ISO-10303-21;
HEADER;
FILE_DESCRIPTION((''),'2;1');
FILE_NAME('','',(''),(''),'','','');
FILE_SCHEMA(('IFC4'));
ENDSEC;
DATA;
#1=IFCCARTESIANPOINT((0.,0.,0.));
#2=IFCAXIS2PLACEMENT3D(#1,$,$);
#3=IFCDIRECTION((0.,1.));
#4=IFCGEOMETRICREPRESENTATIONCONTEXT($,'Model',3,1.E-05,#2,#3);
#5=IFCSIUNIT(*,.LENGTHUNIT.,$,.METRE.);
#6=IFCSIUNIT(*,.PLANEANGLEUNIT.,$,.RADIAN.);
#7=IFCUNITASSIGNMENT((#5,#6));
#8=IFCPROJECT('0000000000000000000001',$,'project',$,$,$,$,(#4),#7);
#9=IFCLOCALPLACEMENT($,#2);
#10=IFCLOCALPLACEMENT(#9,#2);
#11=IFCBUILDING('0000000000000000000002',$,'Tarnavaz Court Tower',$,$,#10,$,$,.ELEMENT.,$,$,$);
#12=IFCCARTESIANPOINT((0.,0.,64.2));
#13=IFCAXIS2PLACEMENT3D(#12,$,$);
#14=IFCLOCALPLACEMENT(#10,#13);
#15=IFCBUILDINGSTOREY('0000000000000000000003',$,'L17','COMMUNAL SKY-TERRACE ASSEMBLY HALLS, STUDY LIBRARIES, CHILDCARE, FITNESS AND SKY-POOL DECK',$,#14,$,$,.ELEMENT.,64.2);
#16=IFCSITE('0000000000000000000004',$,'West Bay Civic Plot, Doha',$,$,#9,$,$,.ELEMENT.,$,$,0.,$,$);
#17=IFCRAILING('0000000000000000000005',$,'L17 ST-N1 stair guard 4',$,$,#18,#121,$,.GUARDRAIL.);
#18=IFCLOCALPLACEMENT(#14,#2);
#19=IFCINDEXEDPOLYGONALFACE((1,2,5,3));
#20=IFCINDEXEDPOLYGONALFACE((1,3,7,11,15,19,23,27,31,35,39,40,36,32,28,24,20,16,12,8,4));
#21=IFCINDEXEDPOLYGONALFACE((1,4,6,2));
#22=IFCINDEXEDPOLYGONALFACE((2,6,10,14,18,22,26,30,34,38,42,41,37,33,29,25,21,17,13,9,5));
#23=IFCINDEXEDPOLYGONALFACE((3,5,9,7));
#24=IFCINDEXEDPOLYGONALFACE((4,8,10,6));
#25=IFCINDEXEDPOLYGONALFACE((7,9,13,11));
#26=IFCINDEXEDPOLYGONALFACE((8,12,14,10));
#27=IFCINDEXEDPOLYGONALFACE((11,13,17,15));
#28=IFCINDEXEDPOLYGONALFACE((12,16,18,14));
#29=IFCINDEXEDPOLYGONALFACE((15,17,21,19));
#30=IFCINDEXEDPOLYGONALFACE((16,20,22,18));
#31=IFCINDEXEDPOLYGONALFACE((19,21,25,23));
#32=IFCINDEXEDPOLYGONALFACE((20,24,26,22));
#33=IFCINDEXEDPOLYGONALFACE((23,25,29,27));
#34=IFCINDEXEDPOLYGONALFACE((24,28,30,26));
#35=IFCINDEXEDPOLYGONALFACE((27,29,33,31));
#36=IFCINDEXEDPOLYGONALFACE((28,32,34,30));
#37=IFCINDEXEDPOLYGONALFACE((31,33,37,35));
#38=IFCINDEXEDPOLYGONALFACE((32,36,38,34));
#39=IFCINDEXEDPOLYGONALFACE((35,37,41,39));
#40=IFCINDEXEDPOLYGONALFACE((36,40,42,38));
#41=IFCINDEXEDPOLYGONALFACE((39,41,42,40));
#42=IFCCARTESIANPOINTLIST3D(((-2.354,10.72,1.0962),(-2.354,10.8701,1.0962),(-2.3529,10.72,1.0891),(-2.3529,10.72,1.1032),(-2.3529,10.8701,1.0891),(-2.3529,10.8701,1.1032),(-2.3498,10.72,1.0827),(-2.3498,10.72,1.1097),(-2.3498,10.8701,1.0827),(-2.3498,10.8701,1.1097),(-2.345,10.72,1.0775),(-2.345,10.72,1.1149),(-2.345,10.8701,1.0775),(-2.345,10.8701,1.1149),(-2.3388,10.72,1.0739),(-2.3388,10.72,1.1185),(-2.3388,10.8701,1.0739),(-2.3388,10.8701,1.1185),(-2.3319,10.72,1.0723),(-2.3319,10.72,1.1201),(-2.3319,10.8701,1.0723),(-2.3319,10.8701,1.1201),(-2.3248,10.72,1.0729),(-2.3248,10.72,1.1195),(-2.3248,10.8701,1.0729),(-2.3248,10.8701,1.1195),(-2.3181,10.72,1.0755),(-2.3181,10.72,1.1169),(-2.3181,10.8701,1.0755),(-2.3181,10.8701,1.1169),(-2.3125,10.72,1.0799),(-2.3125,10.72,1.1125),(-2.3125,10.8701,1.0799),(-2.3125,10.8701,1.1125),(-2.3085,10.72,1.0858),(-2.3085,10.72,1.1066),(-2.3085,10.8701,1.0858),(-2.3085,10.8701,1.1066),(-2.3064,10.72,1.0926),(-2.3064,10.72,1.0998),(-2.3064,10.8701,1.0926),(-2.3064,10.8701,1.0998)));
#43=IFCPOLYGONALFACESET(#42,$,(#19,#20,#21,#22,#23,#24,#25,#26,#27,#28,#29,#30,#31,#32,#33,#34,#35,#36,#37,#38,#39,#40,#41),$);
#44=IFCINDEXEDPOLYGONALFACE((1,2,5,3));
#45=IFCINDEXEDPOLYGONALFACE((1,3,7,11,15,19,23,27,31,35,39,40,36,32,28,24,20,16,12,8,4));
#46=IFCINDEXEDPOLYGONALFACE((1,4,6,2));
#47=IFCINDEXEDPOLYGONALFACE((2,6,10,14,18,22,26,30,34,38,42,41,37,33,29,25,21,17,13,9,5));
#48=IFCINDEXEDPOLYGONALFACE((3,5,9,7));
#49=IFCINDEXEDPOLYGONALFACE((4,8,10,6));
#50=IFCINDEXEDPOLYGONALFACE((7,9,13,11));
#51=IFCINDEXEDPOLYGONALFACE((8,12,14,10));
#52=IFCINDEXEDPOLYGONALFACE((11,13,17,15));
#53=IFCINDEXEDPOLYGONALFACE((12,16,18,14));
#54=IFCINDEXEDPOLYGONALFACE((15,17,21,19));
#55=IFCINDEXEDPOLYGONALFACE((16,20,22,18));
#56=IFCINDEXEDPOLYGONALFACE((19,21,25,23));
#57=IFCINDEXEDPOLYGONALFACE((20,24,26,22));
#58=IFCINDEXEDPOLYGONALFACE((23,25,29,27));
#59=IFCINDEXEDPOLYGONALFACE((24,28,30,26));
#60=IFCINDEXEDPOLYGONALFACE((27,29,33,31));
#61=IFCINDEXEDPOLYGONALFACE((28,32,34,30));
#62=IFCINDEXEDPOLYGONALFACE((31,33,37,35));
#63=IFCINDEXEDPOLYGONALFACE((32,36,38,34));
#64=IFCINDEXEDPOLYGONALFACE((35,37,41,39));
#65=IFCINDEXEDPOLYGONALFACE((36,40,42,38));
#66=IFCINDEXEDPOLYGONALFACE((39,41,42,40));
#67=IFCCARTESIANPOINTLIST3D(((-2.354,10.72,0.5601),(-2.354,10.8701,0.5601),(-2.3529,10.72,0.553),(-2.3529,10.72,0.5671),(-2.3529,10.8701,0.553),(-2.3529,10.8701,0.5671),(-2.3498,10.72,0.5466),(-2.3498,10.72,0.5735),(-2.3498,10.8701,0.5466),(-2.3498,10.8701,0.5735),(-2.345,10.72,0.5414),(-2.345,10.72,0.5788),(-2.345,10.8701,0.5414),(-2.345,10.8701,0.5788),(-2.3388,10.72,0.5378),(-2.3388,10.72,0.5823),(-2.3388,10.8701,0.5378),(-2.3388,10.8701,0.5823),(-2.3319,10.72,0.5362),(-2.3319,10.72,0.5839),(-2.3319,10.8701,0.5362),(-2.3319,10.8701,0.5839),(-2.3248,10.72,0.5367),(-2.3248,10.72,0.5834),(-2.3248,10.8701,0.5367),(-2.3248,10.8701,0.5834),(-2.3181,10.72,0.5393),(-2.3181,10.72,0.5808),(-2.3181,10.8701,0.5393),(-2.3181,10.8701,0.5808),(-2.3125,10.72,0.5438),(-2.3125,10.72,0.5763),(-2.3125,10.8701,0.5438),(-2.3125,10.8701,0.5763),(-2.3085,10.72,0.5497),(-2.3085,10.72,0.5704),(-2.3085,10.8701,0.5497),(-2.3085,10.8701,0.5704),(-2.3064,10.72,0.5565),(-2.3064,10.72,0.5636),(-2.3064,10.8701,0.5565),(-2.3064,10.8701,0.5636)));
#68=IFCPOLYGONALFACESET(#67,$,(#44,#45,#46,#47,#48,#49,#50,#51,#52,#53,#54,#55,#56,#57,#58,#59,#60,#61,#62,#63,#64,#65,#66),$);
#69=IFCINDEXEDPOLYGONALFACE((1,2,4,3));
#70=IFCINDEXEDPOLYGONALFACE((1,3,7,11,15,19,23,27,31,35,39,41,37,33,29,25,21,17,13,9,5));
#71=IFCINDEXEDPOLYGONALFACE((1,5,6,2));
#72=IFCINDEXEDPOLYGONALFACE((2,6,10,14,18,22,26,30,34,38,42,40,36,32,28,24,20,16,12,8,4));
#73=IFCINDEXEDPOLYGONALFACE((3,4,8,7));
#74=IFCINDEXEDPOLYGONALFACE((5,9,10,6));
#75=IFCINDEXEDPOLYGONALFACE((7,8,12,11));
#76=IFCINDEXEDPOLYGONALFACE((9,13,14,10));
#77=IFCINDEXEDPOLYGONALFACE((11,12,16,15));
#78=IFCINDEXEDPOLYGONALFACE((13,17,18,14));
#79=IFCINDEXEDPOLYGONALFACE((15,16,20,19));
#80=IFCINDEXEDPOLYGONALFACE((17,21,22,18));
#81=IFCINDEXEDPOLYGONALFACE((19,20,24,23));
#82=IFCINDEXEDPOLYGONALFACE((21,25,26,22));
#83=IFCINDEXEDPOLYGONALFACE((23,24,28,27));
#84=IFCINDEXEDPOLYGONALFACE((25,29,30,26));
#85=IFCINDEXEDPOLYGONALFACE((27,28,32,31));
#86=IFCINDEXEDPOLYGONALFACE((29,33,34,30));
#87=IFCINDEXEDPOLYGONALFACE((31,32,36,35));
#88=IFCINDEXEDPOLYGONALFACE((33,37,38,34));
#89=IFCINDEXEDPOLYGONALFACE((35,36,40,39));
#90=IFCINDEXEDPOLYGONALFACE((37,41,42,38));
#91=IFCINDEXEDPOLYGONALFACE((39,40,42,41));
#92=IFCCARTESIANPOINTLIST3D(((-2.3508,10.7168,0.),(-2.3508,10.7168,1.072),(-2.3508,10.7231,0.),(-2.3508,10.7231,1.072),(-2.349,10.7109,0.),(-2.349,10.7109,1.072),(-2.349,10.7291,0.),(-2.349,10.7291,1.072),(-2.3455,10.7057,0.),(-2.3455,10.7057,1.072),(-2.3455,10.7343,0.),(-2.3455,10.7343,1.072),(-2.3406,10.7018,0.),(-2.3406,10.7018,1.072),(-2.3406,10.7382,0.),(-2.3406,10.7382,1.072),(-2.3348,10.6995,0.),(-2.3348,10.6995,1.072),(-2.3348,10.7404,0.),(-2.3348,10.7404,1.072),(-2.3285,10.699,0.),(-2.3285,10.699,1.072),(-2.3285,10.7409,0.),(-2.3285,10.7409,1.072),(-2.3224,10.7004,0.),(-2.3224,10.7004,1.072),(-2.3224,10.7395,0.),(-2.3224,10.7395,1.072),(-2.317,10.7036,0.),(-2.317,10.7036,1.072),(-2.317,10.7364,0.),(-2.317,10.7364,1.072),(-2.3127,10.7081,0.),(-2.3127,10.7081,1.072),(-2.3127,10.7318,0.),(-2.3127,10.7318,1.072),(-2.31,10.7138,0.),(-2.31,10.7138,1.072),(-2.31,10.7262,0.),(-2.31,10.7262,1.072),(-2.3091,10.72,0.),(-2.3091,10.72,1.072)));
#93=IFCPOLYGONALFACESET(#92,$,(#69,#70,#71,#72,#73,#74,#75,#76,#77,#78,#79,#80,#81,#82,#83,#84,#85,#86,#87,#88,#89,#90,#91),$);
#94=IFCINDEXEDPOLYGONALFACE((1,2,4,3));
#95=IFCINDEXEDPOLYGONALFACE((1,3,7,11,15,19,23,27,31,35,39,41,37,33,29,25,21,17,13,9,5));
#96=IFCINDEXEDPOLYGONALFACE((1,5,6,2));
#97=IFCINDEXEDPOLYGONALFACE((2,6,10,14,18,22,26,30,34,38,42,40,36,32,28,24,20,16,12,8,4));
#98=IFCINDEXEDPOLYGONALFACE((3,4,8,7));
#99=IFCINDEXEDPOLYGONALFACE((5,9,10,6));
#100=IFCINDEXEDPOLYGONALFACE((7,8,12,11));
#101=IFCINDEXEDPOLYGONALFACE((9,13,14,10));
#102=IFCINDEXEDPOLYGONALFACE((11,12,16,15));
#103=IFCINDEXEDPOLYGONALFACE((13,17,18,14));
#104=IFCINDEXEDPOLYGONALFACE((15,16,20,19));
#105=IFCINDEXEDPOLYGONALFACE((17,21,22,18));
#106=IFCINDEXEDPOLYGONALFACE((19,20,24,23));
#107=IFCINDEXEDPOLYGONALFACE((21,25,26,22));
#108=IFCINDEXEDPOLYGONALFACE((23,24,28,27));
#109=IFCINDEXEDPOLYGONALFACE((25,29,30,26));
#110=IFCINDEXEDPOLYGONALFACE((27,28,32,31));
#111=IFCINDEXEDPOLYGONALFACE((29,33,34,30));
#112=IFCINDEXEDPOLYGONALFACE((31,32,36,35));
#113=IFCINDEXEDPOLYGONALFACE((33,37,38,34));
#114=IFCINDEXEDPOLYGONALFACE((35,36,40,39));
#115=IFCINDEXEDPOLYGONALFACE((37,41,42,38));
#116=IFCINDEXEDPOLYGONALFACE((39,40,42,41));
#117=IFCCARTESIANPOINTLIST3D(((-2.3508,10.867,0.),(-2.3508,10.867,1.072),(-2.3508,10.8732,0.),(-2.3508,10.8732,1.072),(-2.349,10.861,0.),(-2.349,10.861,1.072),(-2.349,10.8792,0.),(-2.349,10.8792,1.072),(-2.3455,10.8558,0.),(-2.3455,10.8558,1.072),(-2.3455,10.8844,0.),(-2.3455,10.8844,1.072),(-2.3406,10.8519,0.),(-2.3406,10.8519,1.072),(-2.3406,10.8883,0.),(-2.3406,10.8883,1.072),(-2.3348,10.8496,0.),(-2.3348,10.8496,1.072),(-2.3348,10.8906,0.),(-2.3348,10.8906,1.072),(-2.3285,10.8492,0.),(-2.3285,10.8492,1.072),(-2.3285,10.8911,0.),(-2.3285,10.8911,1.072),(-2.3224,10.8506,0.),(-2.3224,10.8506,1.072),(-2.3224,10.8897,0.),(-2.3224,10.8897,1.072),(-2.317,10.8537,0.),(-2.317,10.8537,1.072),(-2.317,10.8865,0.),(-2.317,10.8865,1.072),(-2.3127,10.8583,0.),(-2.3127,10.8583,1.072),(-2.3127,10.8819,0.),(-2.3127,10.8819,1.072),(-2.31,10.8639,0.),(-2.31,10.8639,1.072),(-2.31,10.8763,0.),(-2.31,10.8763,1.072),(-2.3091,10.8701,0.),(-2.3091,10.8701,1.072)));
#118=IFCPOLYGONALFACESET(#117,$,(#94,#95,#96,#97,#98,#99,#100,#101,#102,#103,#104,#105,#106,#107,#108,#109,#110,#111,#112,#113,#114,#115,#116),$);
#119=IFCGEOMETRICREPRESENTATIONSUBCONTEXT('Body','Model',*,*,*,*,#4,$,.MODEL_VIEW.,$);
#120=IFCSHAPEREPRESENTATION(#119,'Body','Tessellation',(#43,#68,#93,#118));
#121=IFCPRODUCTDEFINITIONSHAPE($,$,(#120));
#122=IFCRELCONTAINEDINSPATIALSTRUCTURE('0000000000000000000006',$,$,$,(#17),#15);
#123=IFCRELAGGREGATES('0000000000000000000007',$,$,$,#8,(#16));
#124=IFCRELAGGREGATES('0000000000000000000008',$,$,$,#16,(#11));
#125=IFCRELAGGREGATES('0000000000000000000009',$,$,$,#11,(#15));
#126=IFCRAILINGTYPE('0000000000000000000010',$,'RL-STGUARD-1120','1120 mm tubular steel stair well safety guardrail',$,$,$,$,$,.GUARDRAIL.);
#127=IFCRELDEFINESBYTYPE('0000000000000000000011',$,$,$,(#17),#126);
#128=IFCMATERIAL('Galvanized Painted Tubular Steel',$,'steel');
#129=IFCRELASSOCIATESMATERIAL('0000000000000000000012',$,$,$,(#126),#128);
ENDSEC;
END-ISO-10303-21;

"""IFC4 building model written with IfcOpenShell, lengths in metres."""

from ifc_helpers import new_model, si_unit, direction, frame, origin, origin_2d, place, context, subcontext, project, spatial, circle, extrude, material, type_object, element, save


model = new_model("IFC4")

# Units and contexts
model_context = context("Model", 3, precision=1e-05, world=origin(), true_north=direction((0.0, 1.0)))
body_context = subcontext(model_context, "Body", "Model", "MODEL_VIEW")
ifc_project = project(units=[si_unit("LENGTHUNIT", "METRE"), si_unit("PLANEANGLEUNIT", "RADIAN")], contexts=[model_context])

# Site, building, storey
site_placement = place(None, origin())
site = spatial("IfcSite", under=ifc_project, at=site_placement, Name="West Bay Civic Plot, Doha", CompositionType="ELEMENT", RefElevation=0.0)
building_placement = place(site_placement, origin())
building = spatial("IfcBuilding", under=site, at=building_placement, Name="Tarnavaz Court Tower", CompositionType="ELEMENT")
storey_placement = place(building_placement, frame((0.0, 0.0, 64.2)))
storey = spatial("IfcBuildingStorey", under=building, at=storey_placement, Name="L17", Description="COMMUNAL SKY-TERRACE ASSEMBLY HALLS, STUDY LIBRARIES, CHILDCARE, FITNESS AND SKY-POOL DECK", CompositionType="ELEMENT", Elevation=64.2)

# Railing
ifc_material_1 = material(Name="Galvanized Painted Tubular Steel", Category="steel")
railing_type_1 = type_object("IfcRailingType", Name="RL-STGUARD-1120", Description="1120 mm tubular steel stair well safety guardrail", PredefinedType="GUARDRAIL", material=ifc_material_1)
railing_1_placement = place(storey_placement, frame((-2.3301, 10.72, 0.0)))
element("IfcRailing", 1, at=railing_1_placement, inside=storey, type_object=railing_type_1, Name="L17 ST-N1 stair guard 4", PredefinedType="GUARDRAIL", context=body_context, shape_type="SweptSolid", body=[
    extrude(circle(Radius=0.0239, at=origin_2d()), frame((0.0, 0.0, 1.0962), z_axis=(0.0, 1.0, 0.0), x_axis=(-1.0, 0.0, 0.0)), (0.0, 0.0, 1.0), 0.1501),
    extrude(circle(Radius=0.0239, at=origin_2d()), frame((0.0, 0.0, 0.5601), z_axis=(0.0, 1.0, 0.0), x_axis=(-1.0, 0.0, 0.0)), (0.0, 0.0, 1.0), 0.1501),
    extrude(circle(Radius=0.021, at=origin_2d()), origin(), (0.0, 0.0, 1.0), 1.072),
    extrude(circle(Radius=0.021, at=origin_2d()), frame((0.0, 0.1501, 0.0)), (0.0, 0.0, 1.0), 1.072),
])

save(model, "model.ifc")
